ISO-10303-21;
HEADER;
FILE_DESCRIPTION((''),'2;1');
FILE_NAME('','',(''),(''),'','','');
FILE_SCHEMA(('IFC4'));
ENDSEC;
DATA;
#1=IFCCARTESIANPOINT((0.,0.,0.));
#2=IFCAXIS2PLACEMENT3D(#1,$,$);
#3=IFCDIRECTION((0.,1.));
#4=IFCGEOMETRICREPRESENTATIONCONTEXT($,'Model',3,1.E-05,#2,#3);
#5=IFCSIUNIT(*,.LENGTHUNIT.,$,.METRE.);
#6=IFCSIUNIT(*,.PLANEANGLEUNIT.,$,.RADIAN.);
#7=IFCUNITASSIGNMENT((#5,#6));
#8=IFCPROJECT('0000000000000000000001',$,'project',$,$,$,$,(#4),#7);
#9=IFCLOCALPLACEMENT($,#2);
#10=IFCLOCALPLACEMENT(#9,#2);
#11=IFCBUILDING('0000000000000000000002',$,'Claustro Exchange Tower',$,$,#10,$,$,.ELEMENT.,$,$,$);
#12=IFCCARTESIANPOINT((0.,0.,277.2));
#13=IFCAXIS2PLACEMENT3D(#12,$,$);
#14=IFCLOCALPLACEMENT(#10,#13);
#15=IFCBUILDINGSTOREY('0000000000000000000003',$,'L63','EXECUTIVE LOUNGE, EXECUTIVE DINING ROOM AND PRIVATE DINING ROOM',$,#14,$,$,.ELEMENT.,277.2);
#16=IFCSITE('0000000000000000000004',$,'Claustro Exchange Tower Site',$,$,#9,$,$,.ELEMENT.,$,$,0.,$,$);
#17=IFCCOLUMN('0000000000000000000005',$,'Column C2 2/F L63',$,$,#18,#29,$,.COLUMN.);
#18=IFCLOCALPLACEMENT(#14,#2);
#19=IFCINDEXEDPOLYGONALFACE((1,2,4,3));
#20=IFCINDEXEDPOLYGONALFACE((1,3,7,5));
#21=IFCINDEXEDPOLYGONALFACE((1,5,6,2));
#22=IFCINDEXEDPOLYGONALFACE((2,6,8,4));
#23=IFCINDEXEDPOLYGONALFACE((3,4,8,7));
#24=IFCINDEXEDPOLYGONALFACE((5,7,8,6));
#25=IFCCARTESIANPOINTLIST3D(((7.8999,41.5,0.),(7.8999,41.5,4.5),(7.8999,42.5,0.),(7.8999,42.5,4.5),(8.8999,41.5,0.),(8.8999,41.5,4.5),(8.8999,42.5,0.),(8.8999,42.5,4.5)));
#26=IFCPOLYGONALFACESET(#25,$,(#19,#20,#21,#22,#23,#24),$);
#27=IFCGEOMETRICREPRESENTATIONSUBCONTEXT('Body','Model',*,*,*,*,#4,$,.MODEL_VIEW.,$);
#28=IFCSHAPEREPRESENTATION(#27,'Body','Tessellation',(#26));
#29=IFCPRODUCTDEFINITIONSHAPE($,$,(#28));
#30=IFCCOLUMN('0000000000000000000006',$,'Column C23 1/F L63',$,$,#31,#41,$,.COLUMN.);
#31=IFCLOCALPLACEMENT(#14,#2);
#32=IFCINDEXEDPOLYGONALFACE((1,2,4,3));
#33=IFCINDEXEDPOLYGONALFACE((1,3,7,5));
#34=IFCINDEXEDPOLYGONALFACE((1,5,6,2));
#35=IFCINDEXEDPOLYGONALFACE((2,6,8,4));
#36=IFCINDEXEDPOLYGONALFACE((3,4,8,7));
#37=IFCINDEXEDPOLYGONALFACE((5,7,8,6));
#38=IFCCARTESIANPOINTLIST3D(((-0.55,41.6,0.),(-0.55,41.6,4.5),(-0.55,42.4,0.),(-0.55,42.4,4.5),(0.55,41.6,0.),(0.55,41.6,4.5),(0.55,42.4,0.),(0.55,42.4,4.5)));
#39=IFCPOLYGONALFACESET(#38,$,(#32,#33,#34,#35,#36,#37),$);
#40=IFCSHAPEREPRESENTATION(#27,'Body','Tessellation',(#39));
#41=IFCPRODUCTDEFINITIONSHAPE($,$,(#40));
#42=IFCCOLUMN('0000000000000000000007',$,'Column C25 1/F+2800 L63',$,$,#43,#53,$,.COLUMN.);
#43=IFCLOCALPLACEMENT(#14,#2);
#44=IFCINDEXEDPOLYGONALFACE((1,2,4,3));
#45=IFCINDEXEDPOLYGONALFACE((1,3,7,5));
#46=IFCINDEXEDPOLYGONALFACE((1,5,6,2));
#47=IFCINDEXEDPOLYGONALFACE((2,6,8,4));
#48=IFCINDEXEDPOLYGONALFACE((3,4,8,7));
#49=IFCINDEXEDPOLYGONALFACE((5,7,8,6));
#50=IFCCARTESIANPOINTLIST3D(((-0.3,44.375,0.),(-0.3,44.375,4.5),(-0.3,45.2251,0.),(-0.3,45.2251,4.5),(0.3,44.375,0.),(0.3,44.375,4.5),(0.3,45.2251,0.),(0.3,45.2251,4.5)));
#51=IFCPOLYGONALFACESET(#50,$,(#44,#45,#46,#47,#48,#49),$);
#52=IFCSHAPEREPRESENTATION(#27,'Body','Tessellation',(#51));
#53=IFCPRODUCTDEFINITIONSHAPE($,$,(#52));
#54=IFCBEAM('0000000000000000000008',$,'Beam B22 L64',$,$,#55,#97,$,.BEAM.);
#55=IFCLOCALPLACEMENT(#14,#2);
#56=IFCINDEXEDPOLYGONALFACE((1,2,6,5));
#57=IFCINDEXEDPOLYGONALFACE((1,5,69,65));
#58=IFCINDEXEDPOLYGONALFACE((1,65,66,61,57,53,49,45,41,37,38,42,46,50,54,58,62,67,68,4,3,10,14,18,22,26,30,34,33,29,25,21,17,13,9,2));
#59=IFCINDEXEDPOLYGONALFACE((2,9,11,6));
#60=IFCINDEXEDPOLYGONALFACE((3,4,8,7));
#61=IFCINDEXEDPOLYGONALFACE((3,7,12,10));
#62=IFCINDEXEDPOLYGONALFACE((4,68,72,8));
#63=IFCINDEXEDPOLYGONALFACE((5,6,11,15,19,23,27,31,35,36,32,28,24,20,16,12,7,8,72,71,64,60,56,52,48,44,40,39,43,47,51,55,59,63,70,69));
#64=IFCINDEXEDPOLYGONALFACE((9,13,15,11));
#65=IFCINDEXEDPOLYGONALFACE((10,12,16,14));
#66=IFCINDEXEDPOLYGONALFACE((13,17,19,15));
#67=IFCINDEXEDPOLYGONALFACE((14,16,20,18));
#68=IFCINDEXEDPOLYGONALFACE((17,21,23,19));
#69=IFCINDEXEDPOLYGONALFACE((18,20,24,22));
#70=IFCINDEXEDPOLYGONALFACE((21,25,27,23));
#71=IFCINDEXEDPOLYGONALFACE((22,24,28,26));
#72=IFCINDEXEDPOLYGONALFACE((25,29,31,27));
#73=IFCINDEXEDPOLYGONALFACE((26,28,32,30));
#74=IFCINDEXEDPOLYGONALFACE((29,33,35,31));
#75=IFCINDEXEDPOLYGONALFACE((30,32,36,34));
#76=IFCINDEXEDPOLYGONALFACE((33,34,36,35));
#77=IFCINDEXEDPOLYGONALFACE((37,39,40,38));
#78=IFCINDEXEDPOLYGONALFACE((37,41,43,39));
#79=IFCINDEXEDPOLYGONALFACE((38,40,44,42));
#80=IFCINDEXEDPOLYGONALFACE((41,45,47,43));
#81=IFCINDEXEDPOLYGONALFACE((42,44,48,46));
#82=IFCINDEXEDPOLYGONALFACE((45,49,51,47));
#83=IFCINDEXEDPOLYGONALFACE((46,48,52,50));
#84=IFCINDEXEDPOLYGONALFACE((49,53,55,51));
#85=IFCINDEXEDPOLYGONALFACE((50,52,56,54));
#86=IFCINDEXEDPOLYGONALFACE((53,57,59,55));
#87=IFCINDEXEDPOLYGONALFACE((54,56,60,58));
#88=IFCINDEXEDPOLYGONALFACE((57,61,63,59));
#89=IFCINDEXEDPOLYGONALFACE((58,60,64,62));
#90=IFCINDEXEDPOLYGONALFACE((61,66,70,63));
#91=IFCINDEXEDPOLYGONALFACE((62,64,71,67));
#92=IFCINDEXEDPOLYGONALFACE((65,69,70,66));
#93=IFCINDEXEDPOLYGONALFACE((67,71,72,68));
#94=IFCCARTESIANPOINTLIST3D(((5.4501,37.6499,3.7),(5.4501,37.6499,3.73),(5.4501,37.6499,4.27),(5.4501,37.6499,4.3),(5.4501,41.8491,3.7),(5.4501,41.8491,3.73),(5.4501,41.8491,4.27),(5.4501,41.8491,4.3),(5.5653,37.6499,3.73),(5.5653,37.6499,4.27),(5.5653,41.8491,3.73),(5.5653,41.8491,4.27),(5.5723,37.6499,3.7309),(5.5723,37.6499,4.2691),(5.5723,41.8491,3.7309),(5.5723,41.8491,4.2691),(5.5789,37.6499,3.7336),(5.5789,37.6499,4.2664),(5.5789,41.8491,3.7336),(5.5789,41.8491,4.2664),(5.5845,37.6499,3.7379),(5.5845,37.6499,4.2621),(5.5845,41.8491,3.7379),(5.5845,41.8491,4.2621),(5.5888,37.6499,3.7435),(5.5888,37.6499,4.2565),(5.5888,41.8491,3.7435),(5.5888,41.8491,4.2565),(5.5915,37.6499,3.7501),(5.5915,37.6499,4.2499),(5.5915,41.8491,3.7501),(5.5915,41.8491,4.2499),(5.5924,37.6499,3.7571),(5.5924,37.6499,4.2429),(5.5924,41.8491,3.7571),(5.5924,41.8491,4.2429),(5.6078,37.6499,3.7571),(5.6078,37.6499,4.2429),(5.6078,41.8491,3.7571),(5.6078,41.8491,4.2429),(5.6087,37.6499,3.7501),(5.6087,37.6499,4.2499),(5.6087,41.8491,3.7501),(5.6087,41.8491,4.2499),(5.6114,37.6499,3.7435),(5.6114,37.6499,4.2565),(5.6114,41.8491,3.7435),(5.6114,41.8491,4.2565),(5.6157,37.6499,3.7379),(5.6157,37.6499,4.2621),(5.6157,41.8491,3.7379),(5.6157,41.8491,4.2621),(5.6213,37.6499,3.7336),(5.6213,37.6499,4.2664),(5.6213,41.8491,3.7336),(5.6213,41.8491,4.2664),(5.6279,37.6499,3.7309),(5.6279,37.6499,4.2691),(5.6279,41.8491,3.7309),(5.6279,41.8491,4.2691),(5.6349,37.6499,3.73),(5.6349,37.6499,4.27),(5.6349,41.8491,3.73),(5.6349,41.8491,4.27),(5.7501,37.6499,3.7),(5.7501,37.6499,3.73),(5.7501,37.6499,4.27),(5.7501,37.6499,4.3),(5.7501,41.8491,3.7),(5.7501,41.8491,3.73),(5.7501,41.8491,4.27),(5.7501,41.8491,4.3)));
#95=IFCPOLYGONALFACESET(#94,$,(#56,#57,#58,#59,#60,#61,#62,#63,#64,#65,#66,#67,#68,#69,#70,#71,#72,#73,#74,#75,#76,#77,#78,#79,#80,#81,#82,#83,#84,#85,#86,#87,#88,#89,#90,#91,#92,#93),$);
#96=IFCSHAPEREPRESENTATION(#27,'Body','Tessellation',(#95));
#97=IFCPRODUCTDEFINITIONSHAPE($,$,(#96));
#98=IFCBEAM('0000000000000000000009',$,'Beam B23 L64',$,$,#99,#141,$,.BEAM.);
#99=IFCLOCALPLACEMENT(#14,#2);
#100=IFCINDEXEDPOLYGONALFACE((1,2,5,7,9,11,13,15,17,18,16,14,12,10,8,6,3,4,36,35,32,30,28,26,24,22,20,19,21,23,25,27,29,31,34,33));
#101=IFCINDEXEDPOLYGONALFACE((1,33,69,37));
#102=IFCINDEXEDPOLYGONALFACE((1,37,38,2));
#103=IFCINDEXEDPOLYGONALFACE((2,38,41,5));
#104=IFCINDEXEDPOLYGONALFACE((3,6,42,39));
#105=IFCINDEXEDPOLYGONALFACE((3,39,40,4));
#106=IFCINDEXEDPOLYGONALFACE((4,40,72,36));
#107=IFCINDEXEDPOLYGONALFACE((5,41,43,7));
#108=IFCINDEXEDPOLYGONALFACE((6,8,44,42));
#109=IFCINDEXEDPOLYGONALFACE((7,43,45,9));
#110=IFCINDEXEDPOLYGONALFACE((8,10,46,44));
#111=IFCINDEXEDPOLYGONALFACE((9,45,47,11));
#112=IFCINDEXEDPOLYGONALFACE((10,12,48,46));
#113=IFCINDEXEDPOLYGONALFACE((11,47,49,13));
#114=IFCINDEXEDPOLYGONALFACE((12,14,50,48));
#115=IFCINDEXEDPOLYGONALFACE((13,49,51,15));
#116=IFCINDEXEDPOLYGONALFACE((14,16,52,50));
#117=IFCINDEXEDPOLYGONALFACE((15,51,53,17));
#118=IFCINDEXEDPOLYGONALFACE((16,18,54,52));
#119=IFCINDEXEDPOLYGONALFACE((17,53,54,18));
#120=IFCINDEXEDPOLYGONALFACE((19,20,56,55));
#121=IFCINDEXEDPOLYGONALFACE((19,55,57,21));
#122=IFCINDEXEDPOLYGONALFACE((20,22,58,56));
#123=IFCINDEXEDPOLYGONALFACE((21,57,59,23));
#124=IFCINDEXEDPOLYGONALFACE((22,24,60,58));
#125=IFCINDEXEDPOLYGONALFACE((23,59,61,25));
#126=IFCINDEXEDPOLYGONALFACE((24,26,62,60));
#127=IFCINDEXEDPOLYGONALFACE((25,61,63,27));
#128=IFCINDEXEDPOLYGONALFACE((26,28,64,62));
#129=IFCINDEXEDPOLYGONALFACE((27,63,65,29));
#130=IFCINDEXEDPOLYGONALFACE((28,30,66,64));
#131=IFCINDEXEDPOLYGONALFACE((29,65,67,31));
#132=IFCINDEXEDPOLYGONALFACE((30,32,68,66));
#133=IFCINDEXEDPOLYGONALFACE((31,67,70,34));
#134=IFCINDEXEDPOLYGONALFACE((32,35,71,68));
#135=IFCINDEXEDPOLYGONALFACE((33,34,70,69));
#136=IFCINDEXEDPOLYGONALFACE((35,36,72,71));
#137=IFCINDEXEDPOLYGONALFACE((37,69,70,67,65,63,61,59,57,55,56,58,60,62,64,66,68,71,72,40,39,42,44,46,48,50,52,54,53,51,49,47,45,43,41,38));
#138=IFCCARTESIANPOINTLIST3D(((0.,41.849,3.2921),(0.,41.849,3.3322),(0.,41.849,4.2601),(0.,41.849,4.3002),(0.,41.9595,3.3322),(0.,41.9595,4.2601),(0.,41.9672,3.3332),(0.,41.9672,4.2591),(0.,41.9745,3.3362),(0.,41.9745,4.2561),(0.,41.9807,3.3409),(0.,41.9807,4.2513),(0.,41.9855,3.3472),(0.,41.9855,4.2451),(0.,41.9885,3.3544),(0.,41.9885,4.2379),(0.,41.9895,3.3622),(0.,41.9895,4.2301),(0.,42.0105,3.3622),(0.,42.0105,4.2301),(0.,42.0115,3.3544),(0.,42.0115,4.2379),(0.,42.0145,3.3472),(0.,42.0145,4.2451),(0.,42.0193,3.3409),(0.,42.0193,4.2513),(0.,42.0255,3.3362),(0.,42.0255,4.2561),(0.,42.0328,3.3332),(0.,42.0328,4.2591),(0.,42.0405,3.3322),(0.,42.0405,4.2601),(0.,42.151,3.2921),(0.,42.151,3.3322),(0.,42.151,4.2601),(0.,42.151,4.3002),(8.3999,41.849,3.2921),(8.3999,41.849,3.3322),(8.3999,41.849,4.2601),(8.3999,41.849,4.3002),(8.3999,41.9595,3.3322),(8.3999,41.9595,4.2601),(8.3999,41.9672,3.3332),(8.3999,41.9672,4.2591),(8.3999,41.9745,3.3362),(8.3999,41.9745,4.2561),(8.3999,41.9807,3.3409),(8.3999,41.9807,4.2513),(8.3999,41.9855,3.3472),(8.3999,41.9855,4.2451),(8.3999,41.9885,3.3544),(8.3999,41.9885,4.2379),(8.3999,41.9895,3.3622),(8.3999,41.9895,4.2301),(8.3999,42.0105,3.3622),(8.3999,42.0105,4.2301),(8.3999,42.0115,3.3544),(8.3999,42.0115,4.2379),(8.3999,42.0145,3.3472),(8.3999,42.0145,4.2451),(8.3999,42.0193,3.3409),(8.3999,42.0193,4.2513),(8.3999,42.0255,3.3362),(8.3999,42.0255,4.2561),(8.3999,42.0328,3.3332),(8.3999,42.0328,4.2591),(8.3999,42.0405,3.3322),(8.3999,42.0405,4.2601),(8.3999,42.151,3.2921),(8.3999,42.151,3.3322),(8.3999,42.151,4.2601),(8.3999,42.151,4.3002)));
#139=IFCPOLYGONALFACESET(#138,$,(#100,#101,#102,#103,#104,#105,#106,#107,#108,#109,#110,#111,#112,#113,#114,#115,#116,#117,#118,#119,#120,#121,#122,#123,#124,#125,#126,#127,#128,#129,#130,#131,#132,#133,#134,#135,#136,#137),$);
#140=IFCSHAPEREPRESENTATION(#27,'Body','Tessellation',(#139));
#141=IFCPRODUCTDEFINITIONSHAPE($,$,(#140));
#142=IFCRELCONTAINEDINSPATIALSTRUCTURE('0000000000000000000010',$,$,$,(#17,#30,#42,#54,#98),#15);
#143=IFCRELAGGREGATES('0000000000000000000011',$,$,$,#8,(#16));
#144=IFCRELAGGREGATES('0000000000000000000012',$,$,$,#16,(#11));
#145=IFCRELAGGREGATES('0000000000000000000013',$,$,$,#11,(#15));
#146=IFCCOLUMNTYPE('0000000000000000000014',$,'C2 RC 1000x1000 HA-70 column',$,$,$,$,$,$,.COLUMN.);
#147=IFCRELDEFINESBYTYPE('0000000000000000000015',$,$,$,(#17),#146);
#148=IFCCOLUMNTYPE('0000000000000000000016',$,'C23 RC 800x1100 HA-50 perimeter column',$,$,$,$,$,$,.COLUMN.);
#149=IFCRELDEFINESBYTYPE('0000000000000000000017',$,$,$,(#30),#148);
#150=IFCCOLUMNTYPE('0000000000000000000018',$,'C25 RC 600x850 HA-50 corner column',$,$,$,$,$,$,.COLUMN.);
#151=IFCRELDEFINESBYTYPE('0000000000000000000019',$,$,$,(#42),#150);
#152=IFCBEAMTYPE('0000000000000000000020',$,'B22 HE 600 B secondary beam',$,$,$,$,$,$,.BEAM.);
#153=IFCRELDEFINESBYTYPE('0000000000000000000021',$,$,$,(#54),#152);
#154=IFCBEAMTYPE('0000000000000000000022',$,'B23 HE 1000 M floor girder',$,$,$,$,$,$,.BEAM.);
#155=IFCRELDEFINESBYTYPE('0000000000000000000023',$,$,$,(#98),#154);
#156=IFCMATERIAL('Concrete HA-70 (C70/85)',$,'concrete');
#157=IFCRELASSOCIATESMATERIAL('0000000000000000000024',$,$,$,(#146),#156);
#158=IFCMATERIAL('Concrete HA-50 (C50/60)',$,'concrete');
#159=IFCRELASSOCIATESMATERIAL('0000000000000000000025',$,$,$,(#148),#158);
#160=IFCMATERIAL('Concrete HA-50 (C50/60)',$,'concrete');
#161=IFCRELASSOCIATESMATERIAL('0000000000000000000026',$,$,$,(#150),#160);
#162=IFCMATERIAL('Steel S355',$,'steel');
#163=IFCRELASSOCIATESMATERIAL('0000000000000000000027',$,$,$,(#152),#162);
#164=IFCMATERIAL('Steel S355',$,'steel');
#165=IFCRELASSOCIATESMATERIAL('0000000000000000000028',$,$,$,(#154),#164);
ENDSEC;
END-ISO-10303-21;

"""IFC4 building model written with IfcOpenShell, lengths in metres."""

from ifc_helpers import new_model, si_unit, direction, frame, origin, origin_2d, place, context, subcontext, project, spatial, rectangle, i_section, extrude, material, material_profile, profile_set, type_object, element, save


model = new_model("IFC4")

# Units and contexts
model_context = context("Model", 3, precision=1e-05, world=origin(), true_north=direction((0.0, 1.0)))
body_context = subcontext(model_context, "Body", "Model", "MODEL_VIEW")
ifc_project = project(units=[si_unit("LENGTHUNIT", "METRE"), si_unit("PLANEANGLEUNIT", "RADIAN")], contexts=[model_context])

# Site, building, storey
site_placement = place(None, origin())
site = spatial("IfcSite", under=ifc_project, at=site_placement, Name="Claustro Exchange Tower Site", CompositionType="ELEMENT", RefElevation=0.0)
building_placement = place(site_placement, origin())
building = spatial("IfcBuilding", under=site, at=building_placement, Name="Claustro Exchange Tower", CompositionType="ELEMENT")
storey_placement = place(building_placement, frame((0.0, 0.0, 277.2)))
storey = spatial("IfcBuildingStorey", under=building, at=storey_placement, Name="L63", Description="EXECUTIVE LOUNGE, EXECUTIVE DINING ROOM AND PRIVATE DINING ROOM", CompositionType="ELEMENT", Elevation=277.2)

# Columns
ifc_material_1 = material(Name="Concrete HA-70 (C70/85)", Category="concrete")
ifc_material_profile_1 = material_profile(ifc_material_1, rectangle(XDim=1.0, YDim=1.0, at=origin_2d()), Name="RC 1000x1000")
ifc_profile_set_1 = profile_set([ifc_material_profile_1], Name="Concrete HA-70 (C70/85)")
column_type_1 = type_object("IfcColumnType", Name="C2 RC 1000x1000 HA-70 column", PredefinedType="COLUMN", material=ifc_profile_set_1)
column_1_placement = place(storey_placement, frame((8.3999, 42.0, 0.0), z_axis=(0.0, 0.0, 1.0), x_axis=(1.0, 0.0, 0.0)))
element("IfcColumn", 1, at=column_1_placement, inside=storey, type_object=column_type_1, Name="Column C2 2/F L63", PredefinedType="COLUMN", context=body_context, shape_type="SweptSolid", body=[
    extrude(rectangle(XDim=1.0, YDim=1.0, at=origin_2d()), origin(), (0.0, 0.0, 1.0), 4.5),
])
ifc_material_2 = material(Name="Concrete HA-50 (C50/60)", Category="concrete")
ifc_material_profile_2 = material_profile(ifc_material_2, rectangle(XDim=0.8, YDim=1.1001, at=origin_2d()), Name="RC 800x1100")
ifc_profile_set_2 = profile_set([ifc_material_profile_2], Name="Concrete HA-50 (C50/60)")
column_type_2 = type_object("IfcColumnType", Name="C23 RC 800x1100 HA-50 perimeter column", PredefinedType="COLUMN", material=ifc_profile_set_2)
column_2_placement = place(storey_placement, frame((0.0, 42.0, 0.0), z_axis=(0.0, 0.0, 1.0), x_axis=(0.0, 1.0, 0.0)))
element("IfcColumn", 2, at=column_2_placement, inside=storey, type_object=column_type_2, Name="Column C23 1/F L63", PredefinedType="COLUMN", context=body_context, shape_type="SweptSolid", body=[
    extrude(rectangle(XDim=0.8, YDim=1.1001, at=origin_2d()), origin(), (0.0, 0.0, 1.0), 4.5),
])
ifc_material_3 = material(Name="Concrete HA-50 (C50/60)", Category="concrete")
ifc_material_profile_3 = material_profile(ifc_material_3, rectangle(XDim=0.6001, YDim=0.8501, at=origin_2d()), Name="RC 600x850")
ifc_profile_set_3 = profile_set([ifc_material_profile_3], Name="Concrete HA-50 (C50/60)")
column_type_3 = type_object("IfcColumnType", Name="C25 RC 600x850 HA-50 corner column", PredefinedType="COLUMN", material=ifc_profile_set_3)
column_3_placement = place(storey_placement, frame((0.0, 44.8, 0.0), z_axis=(0.0, 0.0, 1.0), x_axis=(1.0, 0.0, 0.0)))
element("IfcColumn", 3, at=column_3_placement, inside=storey, type_object=column_type_3, Name="Column C25 1/F+2800 L63", PredefinedType="COLUMN", context=body_context, shape_type="SweptSolid", body=[
    extrude(rectangle(XDim=0.6001, YDim=0.8501, at=origin_2d()), origin(), (0.0, 0.0, 1.0), 4.5),
])

# Beams
ifc_material_4 = material(Name="Steel S355", Category="steel")
ifc_material_profile_4 = material_profile(ifc_material_4, i_section(OverallWidth=0.3, OverallDepth=0.6001, WebThickness=0.0154, FlangeThickness=0.03, FilletRadius=0.0271, at=origin_2d()), Name="HE 600 B")
ifc_profile_set_4 = profile_set([ifc_material_profile_4], Name="Steel S355")
beam_type_1 = type_object("IfcBeamType", Name="B22 HE 600 B secondary beam", PredefinedType="BEAM", material=ifc_profile_set_4)
beam_1_placement = place(storey_placement, frame((5.6001, 37.6499, 4.0), z_axis=(0.0, 1.0, 0.0), x_axis=(-1.0, 0.0, 0.0)))
element("IfcBeam", 4, at=beam_1_placement, inside=storey, type_object=beam_type_1, Name="Beam B22 L64", PredefinedType="BEAM", context=body_context, shape_type="SweptSolid", body=[
    extrude(i_section(OverallWidth=0.3, OverallDepth=0.6001, WebThickness=0.0154, FlangeThickness=0.03, FilletRadius=0.0271, at=origin_2d()), origin(), (0.0, 0.0, 1.0), 4.1992),
])
ifc_material_5 = material(Name="Steel S355", Category="steel")
ifc_material_profile_5 = material_profile(ifc_material_5, i_section(OverallWidth=0.302, OverallDepth=1.0081, WebThickness=0.021, FlangeThickness=0.04, FilletRadius=0.03, at=origin_2d()), Name="HE 1000 M")
ifc_profile_set_5 = profile_set([ifc_material_profile_5], Name="Steel S355")
beam_type_2 = type_object("IfcBeamType", Name="B23 HE 1000 M floor girder", PredefinedType="BEAM", material=ifc_profile_set_5)
beam_2_placement = place(storey_placement, frame((0.0, 42.0, 3.7961), z_axis=(1.0, 0.0, 0.0), x_axis=(0.0, 1.0, 0.0)))
element("IfcBeam", 5, at=beam_2_placement, inside=storey, type_object=beam_type_2, Name="Beam B23 L64", PredefinedType="BEAM", context=body_context, shape_type="SweptSolid", body=[
    extrude(i_section(OverallWidth=0.302, OverallDepth=1.0081, WebThickness=0.021, FlangeThickness=0.04, FilletRadius=0.03, at=origin_2d()), origin(), (0.0, 0.0, 1.0), 8.3999),
])

save(model, "model.ifc")
